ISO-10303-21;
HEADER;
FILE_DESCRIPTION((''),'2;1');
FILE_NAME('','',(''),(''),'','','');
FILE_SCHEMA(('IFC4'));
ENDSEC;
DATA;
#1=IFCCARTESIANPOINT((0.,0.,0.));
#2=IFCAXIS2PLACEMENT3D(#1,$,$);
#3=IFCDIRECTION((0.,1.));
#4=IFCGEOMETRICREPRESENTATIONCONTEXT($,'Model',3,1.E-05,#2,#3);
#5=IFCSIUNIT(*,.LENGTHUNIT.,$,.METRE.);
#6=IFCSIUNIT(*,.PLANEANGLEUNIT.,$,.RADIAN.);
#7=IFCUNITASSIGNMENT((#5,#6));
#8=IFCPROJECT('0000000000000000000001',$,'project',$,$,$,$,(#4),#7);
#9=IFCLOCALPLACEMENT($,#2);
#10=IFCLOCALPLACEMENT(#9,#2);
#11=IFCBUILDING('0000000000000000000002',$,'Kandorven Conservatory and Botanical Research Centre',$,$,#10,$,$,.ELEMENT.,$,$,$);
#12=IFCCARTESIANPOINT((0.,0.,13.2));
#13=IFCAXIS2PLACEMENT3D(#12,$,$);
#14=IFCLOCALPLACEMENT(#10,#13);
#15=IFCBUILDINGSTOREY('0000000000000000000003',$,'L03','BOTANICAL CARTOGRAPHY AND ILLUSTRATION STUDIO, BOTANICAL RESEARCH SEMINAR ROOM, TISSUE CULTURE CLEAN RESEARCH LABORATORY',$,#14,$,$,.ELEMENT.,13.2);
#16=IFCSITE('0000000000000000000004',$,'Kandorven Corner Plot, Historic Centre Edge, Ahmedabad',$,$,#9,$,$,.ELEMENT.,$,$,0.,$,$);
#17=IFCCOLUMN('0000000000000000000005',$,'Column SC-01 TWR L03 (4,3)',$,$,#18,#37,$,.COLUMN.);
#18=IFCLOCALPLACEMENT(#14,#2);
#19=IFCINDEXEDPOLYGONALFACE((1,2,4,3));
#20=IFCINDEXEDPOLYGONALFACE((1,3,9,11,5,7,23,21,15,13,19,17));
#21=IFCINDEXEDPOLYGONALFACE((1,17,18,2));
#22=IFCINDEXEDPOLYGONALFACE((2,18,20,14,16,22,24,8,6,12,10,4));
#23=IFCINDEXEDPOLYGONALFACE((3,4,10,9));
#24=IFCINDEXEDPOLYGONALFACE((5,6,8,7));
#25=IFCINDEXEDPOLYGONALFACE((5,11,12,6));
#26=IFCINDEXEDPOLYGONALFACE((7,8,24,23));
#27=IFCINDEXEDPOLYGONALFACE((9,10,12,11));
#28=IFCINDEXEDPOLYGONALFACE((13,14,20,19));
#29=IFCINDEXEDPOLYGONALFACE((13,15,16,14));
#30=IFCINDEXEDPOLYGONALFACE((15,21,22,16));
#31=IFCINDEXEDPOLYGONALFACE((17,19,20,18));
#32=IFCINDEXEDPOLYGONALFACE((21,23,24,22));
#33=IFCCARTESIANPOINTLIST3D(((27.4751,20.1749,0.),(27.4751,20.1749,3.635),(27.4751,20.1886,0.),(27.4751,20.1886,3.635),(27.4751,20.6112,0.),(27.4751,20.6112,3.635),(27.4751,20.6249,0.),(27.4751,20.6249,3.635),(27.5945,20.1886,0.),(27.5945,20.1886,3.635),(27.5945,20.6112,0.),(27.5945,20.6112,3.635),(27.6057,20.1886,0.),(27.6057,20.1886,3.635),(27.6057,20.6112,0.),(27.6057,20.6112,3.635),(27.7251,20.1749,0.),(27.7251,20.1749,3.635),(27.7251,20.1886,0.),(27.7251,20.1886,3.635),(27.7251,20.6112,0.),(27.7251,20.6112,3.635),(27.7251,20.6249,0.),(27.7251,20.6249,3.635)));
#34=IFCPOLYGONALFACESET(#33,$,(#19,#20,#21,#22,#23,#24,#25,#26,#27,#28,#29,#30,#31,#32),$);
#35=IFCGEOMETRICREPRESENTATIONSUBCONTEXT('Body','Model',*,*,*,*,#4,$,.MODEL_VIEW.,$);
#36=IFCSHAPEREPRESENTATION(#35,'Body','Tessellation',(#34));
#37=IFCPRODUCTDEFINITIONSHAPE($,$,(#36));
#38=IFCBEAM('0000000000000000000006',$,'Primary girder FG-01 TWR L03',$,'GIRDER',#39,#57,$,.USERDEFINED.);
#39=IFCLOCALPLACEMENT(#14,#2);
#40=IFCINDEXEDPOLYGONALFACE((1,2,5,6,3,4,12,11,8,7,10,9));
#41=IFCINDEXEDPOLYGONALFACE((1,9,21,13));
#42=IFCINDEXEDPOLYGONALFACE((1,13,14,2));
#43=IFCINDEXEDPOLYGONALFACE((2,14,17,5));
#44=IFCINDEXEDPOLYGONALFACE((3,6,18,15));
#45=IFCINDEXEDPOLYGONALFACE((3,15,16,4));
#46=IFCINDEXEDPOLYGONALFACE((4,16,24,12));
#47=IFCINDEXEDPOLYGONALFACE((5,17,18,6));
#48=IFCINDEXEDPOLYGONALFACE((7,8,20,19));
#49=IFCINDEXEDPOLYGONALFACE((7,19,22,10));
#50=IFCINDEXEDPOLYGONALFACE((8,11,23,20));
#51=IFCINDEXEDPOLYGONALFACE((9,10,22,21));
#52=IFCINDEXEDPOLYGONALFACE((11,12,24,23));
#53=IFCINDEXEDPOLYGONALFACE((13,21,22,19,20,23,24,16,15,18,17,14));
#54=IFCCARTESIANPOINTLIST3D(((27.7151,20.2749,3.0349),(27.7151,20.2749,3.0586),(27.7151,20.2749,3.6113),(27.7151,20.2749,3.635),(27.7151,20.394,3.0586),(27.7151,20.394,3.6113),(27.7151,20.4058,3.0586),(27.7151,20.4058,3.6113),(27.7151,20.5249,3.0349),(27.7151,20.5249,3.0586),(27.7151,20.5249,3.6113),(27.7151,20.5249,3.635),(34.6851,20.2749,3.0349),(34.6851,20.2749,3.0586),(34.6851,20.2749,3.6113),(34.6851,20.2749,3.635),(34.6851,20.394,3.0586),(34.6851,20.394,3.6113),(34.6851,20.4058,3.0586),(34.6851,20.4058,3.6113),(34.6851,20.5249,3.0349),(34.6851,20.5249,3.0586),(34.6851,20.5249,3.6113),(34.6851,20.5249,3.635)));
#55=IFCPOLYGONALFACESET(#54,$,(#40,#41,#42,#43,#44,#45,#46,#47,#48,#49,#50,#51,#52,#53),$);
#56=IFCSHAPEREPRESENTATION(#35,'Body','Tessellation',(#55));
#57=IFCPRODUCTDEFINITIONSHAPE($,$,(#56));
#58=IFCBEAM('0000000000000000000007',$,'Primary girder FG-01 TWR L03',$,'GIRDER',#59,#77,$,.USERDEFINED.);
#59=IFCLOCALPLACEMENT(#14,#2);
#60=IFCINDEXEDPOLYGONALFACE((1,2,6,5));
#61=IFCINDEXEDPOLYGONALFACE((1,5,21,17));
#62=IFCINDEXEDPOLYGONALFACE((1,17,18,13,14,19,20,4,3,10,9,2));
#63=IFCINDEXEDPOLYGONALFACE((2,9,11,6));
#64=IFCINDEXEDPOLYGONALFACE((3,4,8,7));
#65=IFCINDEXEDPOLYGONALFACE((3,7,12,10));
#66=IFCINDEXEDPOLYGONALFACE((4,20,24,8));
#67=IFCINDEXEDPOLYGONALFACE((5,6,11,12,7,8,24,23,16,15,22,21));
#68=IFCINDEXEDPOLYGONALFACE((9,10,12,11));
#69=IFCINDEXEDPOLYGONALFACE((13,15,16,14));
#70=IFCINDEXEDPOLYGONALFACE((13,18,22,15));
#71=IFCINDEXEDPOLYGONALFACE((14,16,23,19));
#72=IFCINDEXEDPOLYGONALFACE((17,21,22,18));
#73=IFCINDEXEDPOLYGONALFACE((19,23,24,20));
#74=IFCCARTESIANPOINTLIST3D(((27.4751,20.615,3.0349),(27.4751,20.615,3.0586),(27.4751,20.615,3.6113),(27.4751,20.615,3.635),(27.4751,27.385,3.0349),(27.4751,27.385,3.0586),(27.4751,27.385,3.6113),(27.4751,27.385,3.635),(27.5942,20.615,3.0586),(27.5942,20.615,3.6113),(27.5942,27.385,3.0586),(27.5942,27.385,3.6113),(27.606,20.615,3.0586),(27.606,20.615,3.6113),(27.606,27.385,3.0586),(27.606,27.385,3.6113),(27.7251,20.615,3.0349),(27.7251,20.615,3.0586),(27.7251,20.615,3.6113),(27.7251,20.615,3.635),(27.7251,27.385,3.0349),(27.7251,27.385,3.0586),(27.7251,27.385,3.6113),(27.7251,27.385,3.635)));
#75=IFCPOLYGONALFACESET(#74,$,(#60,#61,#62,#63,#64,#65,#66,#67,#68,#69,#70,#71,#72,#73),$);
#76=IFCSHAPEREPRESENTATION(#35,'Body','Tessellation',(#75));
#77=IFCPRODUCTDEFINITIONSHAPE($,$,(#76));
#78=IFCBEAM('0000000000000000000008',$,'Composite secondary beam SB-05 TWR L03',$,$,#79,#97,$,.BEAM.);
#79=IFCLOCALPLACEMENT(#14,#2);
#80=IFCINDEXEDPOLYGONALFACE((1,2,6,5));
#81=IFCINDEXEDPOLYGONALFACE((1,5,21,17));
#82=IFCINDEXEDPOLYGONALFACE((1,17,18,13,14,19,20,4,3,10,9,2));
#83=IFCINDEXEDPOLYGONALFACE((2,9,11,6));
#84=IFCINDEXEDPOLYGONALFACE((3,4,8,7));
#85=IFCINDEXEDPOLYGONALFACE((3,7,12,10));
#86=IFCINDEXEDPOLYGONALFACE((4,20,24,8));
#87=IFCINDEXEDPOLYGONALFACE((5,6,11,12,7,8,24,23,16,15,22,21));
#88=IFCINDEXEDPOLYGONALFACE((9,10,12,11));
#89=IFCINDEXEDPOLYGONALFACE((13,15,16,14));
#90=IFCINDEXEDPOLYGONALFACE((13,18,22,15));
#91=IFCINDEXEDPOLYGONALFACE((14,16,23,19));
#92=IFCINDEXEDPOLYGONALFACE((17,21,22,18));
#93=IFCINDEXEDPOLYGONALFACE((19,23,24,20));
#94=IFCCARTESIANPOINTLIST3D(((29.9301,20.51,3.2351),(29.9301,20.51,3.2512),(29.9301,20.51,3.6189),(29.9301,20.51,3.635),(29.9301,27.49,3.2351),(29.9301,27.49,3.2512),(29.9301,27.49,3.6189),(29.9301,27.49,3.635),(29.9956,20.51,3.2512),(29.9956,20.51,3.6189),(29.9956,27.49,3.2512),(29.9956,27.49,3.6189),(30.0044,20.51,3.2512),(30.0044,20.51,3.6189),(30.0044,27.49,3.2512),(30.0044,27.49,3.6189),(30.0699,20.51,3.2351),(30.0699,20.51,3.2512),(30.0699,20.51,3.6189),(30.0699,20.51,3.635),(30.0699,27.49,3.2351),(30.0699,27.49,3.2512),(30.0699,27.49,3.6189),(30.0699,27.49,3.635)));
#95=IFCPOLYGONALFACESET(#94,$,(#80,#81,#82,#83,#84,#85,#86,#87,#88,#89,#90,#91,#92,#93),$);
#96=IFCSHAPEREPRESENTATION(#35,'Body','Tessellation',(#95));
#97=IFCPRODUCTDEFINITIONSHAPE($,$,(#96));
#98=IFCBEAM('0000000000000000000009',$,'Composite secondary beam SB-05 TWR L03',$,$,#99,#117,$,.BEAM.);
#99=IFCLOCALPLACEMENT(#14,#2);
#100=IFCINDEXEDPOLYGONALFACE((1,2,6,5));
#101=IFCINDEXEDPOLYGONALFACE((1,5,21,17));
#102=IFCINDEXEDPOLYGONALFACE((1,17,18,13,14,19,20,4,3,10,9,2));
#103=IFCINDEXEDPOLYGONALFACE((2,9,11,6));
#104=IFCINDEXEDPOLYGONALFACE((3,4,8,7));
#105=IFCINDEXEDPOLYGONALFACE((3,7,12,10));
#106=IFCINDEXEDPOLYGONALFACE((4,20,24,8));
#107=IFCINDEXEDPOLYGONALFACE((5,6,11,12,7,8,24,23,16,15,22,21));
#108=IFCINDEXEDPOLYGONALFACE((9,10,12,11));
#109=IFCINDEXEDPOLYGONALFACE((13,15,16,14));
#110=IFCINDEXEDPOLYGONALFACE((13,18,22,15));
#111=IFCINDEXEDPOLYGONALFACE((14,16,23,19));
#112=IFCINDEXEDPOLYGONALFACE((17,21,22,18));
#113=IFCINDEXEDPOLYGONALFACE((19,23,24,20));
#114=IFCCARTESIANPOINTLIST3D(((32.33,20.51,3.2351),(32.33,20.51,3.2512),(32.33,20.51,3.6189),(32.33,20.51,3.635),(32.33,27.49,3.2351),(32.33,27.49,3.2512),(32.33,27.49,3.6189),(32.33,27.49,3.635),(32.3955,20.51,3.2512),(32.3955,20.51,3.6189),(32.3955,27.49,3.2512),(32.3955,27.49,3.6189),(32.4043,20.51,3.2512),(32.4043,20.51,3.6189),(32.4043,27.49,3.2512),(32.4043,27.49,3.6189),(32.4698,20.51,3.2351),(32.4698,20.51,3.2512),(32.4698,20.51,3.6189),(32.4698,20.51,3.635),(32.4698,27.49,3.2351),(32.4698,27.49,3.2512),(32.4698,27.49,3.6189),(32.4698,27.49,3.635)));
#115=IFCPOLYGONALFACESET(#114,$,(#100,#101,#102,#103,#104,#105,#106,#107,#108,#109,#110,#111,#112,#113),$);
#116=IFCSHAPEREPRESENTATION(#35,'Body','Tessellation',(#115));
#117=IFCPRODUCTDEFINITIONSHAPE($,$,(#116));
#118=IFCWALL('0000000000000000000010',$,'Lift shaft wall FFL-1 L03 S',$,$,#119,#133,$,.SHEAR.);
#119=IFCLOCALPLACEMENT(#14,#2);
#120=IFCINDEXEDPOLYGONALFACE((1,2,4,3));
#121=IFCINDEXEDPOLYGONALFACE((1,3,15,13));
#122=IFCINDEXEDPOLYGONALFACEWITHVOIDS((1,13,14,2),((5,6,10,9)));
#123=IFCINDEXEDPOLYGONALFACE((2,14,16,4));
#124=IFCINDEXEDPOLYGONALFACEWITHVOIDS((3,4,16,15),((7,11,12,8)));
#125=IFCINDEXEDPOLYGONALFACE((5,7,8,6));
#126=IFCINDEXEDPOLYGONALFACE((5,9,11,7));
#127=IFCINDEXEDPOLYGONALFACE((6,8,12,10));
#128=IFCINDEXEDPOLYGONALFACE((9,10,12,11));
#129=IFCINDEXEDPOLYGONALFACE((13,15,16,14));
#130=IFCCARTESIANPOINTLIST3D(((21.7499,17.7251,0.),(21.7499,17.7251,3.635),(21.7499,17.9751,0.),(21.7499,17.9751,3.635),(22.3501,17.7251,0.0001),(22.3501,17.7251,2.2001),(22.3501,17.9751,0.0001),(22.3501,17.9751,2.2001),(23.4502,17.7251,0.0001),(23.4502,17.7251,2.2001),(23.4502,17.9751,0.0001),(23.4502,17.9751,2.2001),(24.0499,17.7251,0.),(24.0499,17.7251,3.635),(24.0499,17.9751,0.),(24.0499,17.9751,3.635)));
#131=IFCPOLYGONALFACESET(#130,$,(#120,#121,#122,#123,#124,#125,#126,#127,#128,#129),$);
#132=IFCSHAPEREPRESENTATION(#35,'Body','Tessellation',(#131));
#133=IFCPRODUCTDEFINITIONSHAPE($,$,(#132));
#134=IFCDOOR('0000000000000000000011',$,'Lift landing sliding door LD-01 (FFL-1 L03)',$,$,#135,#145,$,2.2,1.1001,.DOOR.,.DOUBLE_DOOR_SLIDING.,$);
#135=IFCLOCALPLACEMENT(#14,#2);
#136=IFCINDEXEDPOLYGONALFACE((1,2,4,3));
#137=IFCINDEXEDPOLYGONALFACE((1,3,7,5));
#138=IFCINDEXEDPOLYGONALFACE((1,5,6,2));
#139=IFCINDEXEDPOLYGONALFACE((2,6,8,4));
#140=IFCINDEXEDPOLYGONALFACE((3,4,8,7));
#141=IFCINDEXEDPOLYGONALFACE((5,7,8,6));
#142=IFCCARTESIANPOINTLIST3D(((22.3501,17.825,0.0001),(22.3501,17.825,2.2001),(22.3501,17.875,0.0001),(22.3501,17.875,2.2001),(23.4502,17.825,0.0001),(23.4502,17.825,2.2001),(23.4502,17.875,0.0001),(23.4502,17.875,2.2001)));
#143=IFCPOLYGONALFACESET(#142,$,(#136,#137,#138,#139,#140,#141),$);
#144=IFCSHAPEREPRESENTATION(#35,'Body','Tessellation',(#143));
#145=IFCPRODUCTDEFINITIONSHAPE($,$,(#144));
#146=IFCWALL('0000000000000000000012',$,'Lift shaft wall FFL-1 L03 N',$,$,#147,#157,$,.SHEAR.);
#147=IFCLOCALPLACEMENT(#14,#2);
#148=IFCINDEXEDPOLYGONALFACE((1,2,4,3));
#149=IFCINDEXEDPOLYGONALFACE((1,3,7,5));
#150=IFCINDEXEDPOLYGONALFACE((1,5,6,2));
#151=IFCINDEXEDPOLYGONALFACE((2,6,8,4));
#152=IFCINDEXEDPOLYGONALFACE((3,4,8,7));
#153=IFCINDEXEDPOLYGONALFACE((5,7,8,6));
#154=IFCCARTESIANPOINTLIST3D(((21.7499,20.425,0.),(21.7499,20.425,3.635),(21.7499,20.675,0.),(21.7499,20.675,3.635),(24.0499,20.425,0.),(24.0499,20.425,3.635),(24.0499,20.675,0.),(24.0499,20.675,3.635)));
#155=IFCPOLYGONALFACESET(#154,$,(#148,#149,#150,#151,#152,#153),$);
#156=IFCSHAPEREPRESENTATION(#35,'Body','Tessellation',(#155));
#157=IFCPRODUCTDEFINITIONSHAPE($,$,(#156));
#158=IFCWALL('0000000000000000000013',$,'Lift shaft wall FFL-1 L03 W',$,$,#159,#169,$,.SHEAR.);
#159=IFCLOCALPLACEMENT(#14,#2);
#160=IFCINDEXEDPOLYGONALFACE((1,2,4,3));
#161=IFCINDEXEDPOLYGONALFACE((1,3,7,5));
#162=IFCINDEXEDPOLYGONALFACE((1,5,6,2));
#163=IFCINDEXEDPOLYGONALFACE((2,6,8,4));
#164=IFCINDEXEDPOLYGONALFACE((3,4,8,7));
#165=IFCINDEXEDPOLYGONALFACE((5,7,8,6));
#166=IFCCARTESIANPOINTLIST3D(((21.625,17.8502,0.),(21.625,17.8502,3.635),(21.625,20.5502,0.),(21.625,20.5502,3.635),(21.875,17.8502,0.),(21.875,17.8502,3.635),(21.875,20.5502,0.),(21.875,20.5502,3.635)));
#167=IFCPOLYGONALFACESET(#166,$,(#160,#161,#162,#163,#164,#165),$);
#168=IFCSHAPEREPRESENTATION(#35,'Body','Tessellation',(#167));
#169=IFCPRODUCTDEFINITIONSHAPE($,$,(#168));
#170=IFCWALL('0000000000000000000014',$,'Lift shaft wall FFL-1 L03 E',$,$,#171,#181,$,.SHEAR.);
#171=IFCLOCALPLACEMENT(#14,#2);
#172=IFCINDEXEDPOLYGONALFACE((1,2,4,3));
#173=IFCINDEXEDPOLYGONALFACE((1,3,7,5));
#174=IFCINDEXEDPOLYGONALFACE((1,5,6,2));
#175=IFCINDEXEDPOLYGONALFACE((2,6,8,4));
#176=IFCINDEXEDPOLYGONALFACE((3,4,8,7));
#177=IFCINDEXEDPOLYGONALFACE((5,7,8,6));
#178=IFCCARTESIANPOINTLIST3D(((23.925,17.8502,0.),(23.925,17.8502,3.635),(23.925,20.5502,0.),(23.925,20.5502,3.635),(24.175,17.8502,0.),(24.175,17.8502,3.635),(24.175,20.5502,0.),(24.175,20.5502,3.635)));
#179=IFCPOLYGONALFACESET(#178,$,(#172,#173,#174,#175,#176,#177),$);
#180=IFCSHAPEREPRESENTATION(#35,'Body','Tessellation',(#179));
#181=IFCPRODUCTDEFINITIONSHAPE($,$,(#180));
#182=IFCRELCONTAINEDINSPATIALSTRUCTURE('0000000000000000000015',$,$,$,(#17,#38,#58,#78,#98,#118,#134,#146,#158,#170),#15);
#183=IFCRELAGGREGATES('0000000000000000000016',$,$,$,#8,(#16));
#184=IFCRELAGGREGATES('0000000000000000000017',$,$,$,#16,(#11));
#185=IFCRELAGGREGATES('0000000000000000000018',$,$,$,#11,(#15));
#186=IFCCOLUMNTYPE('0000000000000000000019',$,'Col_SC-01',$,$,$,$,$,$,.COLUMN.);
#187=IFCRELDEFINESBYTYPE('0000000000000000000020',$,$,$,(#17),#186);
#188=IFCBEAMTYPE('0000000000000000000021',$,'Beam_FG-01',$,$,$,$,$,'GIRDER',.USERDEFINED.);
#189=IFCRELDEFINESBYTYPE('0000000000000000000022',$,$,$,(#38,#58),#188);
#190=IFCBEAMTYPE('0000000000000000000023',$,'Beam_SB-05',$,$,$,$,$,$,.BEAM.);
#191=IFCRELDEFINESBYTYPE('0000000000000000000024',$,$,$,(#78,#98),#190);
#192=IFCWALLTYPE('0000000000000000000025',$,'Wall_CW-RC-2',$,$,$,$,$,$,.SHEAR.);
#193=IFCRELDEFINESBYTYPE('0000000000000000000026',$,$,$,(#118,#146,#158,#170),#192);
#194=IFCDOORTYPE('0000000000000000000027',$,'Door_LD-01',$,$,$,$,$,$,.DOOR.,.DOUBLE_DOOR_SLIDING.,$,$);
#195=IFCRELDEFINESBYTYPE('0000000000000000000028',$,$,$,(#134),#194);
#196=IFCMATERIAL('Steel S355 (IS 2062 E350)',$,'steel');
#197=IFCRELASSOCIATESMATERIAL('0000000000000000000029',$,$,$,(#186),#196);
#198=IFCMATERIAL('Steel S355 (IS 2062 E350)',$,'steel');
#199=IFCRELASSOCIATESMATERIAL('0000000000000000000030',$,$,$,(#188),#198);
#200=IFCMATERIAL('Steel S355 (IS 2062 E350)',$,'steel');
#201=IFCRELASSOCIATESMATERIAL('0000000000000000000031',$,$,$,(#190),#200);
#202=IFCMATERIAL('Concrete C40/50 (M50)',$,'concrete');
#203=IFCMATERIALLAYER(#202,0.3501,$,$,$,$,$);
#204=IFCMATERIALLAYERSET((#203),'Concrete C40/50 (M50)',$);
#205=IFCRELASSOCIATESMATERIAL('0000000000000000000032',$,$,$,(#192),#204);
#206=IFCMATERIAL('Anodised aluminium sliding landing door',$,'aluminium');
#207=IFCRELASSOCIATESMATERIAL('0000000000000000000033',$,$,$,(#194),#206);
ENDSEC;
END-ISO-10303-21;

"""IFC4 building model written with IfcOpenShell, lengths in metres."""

from ifc_helpers import new_model, si_unit, direction, frame, frame_2d, origin, origin_2d, place, context, subcontext, project, spatial, rectangle, i_section, extrude, material, layer, layer_set, material_profile, profile_set, type_object, element, fill, save


model = new_model("IFC4")

# Units and contexts
model_context = context("Model", 3, precision=1e-05, world=origin(), true_north=direction((0.0, 1.0)))
body_context = subcontext(model_context, "Body", "Model", "MODEL_VIEW")
ifc_project = project(units=[si_unit("LENGTHUNIT", "METRE"), si_unit("PLANEANGLEUNIT", "RADIAN")], contexts=[model_context])

# Site, building, storey
site_placement = place(None, origin())
site = spatial("IfcSite", under=ifc_project, at=site_placement, Name="Kandorven Corner Plot, Historic Centre Edge, Ahmedabad", CompositionType="ELEMENT", RefElevation=0.0)
building_placement = place(site_placement, origin())
building = spatial("IfcBuilding", under=site, at=building_placement, Name="Kandorven Conservatory and Botanical Research Centre", CompositionType="ELEMENT")
storey_placement = place(building_placement, frame((0.0, 0.0, 13.2)))
storey = spatial("IfcBuildingStorey", under=building, at=storey_placement, Name="L03", Description="BOTANICAL CARTOGRAPHY AND ILLUSTRATION STUDIO, BOTANICAL RESEARCH SEMINAR ROOM, TISSUE CULTURE CLEAN RESEARCH LABORATORY", CompositionType="ELEMENT", Elevation=13.2)

# Column
ifc_material_1 = material(Name="Steel S355 (IS 2062 E350)", Category="steel")
ifc_material_profile_1 = material_profile(ifc_material_1, i_section(OverallWidth=0.25, OverallDepth=0.45, WebThickness=0.0112, FlangeThickness=0.0137, at=origin_2d()))
ifc_profile_set_1 = profile_set([ifc_material_profile_1], Name="Steel S355 (IS 2062 E350)")
column_type = type_object("IfcColumnType", Name="Col_SC-01", PredefinedType="COLUMN", material=ifc_profile_set_1)
column_placement = place(storey_placement, frame((27.6001, 20.3999, 0.0), z_axis=(0.0, 0.0, 1.0), x_axis=(1.0, 0.0, 0.0)))
element("IfcColumn", 1, at=column_placement, inside=storey, type_object=column_type, Name="Column SC-01 TWR L03 (4,3)", PredefinedType="COLUMN", context=body_context, shape_type="SweptSolid", body=[
    extrude(i_section(OverallWidth=0.25, OverallDepth=0.45, WebThickness=0.0112, FlangeThickness=0.0137, at=origin_2d()), origin(), (0.0, 0.0, 1.0), 3.635),
])

# Beams
ifc_material_2 = material(Name="Steel S355 (IS 2062 E350)", Category="steel")
ifc_material_profile_2 = material_profile(ifc_material_2, i_section(OverallWidth=0.25, OverallDepth=0.6001, WebThickness=0.0117, FlangeThickness=0.0237, at=origin_2d()))
ifc_profile_set_2 = profile_set([ifc_material_profile_2], Name="Steel S355 (IS 2062 E350)")
beam_type_1 = type_object("IfcBeamType", Name="Beam_FG-01", ElementType="GIRDER", PredefinedType="USERDEFINED", material=ifc_profile_set_2)
beam_1_placement = place(storey_placement, frame((27.7151, 20.3999, 3.335), z_axis=(1.0, 0.0, 0.0), x_axis=(0.0, 1.0, 0.0)))
element("IfcBeam", 2, at=beam_1_placement, inside=storey, type_object=beam_type_1, Name="Primary girder FG-01 TWR L03", ObjectType="GIRDER", PredefinedType="USERDEFINED", context=body_context, shape_type="SweptSolid", body=[
    extrude(i_section(OverallWidth=0.25, OverallDepth=0.6001, WebThickness=0.0117, FlangeThickness=0.0237, at=origin_2d()), origin(), (0.0, 0.0, 1.0), 6.97),
])
beam_2_placement = place(storey_placement, frame((27.6001, 20.615, 3.335), z_axis=(0.0, 1.0, 0.0), x_axis=(-1.0, 0.0, 0.0)))
element("IfcBeam", 3, at=beam_2_placement, inside=storey, type_object=beam_type_1, Name="Primary girder FG-01 TWR L03", ObjectType="GIRDER", PredefinedType="USERDEFINED", context=body_context, shape_type="SweptSolid", body=[
    extrude(i_section(OverallWidth=0.25, OverallDepth=0.6001, WebThickness=0.0117, FlangeThickness=0.0237, at=origin_2d()), origin(), (0.0, 0.0, 1.0), 6.77),
])
ifc_material_3 = material(Name="Steel S355 (IS 2062 E350)", Category="steel")
ifc_material_profile_3 = material_profile(ifc_material_3, i_section(OverallWidth=0.1399, OverallDepth=0.3999, WebThickness=0.0088, FlangeThickness=0.0161, at=origin_2d()))
ifc_profile_set_3 = profile_set([ifc_material_profile_3], Name="Steel S355 (IS 2062 E350)")
beam_type_2 = type_object("IfcBeamType", Name="Beam_SB-05", PredefinedType="BEAM", material=ifc_profile_set_3)
for number, where, z_axis, x_axis, name in (
    (4, (30.0, 20.51, 3.4351), (0.0, 1.0, 0.0), (-1.0, 0.0, 0.0), "Composite secondary beam SB-05 TWR L03"),
    (5, (32.3999, 20.51, 3.4351), (0.0, 1.0, 0.0), (-1.0, 0.0, 0.0), "Composite secondary beam SB-05 TWR L03"),
):
    element("IfcBeam", number, at=place(storey_placement, frame(where, z_axis=z_axis, x_axis=x_axis)), inside=storey, type_object=beam_type_2, Name=name, PredefinedType="BEAM", context=body_context, shape_type="SweptSolid", body=[
        extrude(i_section(OverallWidth=0.1399, OverallDepth=0.3999, WebThickness=0.0088, FlangeThickness=0.0161, at=origin_2d()), origin(), (0.0, 0.0, 1.0), 6.98),
    ])

# Wall, opening, door
ifc_material_4 = material(Name="Concrete C40/50 (M50)", Category="concrete")
ifc_layer = layer(ifc_material_4, 0.3501)
ifc_layer_set = layer_set([ifc_layer], Name="Concrete C40/50 (M50)")
wall_type = type_object("IfcWallType", Name="Wall_CW-RC-2", PredefinedType="SHEAR", material=ifc_layer_set)
wall_1_placement = place(storey_placement, frame((21.75, 17.8501, 0.0), z_axis=(0.0, 0.0, 1.0), x_axis=(1.0, 0.0, 0.0)))
wall_1 = element("IfcWall", 6, at=wall_1_placement, inside=storey, type_object=wall_type, Name="Lift shaft wall FFL-1 L03 S", PredefinedType="SHEAR", context=body_context, shape_type="SweptSolid", body=[
    extrude(rectangle(XDim=2.3, YDim=0.25, at=frame_2d((1.1499, 0.0))), origin(), (0.0, 0.0, 1.0), 3.635),
])
opening_1_placement = place(wall_1_placement, frame((0.6001, 0.0, 0.0)))
opening_1 = element("IfcOpeningElement", 7, at=opening_1_placement, cuts=wall_1, PredefinedType="OPENING", context=body_context, shape_type="SweptSolid", body=[
    extrude(rectangle(XDim=1.1001, YDim=2.2, at=frame_2d((0.55, 1.1001))), frame((0.0, 0.135, 0.0), z_axis=(0.0, -1.0, 0.0), x_axis=(1.0, 0.0, 0.0)), (0.0, 0.0, 1.0), 0.27),
])
ifc_material_5 = material(Name="Anodised aluminium sliding landing door", Category="aluminium")
door_type = type_object("IfcDoorType", Name="Door_LD-01", OperationType="DOUBLE_DOOR_SLIDING", PredefinedType="DOOR", material=ifc_material_5)
door_1_placement = place(opening_1_placement, origin())
door_1 = element("IfcDoor", 8, at=door_1_placement, inside=storey, type_object=door_type, Name="Lift landing sliding door LD-01 (FFL-1 L03)", OperationType="DOUBLE_DOOR_SLIDING", OverallHeight=2.2, OverallWidth=1.1001, PredefinedType="DOOR", context=body_context, shape_type="SweptSolid", body=[
    extrude(rectangle(XDim=1.1001, YDim=2.2, at=frame_2d((0.55, 1.1001))), frame((0.0, 0.0249, 0.0), z_axis=(0.0, -1.0, 0.0), x_axis=(1.0, 0.0, 0.0)), (0.0, 0.0, 1.0), 0.05),
])
fill(opening_1, door_1)

# Walls
wall_2_placement = place(storey_placement, frame((21.75, 20.55, 0.0), z_axis=(0.0, 0.0, 1.0), x_axis=(1.0, 0.0, 0.0)))
element("IfcWall", 9, at=wall_2_placement, inside=storey, type_object=wall_type, Name="Lift shaft wall FFL-1 L03 N", PredefinedType="SHEAR", context=body_context, shape_type="SweptSolid", body=[
    extrude(rectangle(XDim=2.3, YDim=0.25, at=frame_2d((1.1499, 0.0))), origin(), (0.0, 0.0, 1.0), 3.635),
])
for number, where, z_axis, x_axis, name in (
    (10, (21.75, 17.8501, 0.0), (0.0, 0.0, 1.0), (0.0, 1.0, 0.0), "Lift shaft wall FFL-1 L03 W"),
    (11, (24.05, 17.8501, 0.0), (0.0, 0.0, 1.0), (0.0, 1.0, 0.0), "Lift shaft wall FFL-1 L03 E"),
):
    element("IfcWall", number, at=place(storey_placement, frame(where, z_axis=z_axis, x_axis=x_axis)), inside=storey, type_object=wall_type, Name=name, PredefinedType="SHEAR", context=body_context, shape_type="SweptSolid", body=[
        extrude(rectangle(XDim=2.7, YDim=0.25, at=frame_2d((1.3501, 0.0))), origin(), (0.0, 0.0, 1.0), 3.635),
    ])

save(model, "model.ifc")
